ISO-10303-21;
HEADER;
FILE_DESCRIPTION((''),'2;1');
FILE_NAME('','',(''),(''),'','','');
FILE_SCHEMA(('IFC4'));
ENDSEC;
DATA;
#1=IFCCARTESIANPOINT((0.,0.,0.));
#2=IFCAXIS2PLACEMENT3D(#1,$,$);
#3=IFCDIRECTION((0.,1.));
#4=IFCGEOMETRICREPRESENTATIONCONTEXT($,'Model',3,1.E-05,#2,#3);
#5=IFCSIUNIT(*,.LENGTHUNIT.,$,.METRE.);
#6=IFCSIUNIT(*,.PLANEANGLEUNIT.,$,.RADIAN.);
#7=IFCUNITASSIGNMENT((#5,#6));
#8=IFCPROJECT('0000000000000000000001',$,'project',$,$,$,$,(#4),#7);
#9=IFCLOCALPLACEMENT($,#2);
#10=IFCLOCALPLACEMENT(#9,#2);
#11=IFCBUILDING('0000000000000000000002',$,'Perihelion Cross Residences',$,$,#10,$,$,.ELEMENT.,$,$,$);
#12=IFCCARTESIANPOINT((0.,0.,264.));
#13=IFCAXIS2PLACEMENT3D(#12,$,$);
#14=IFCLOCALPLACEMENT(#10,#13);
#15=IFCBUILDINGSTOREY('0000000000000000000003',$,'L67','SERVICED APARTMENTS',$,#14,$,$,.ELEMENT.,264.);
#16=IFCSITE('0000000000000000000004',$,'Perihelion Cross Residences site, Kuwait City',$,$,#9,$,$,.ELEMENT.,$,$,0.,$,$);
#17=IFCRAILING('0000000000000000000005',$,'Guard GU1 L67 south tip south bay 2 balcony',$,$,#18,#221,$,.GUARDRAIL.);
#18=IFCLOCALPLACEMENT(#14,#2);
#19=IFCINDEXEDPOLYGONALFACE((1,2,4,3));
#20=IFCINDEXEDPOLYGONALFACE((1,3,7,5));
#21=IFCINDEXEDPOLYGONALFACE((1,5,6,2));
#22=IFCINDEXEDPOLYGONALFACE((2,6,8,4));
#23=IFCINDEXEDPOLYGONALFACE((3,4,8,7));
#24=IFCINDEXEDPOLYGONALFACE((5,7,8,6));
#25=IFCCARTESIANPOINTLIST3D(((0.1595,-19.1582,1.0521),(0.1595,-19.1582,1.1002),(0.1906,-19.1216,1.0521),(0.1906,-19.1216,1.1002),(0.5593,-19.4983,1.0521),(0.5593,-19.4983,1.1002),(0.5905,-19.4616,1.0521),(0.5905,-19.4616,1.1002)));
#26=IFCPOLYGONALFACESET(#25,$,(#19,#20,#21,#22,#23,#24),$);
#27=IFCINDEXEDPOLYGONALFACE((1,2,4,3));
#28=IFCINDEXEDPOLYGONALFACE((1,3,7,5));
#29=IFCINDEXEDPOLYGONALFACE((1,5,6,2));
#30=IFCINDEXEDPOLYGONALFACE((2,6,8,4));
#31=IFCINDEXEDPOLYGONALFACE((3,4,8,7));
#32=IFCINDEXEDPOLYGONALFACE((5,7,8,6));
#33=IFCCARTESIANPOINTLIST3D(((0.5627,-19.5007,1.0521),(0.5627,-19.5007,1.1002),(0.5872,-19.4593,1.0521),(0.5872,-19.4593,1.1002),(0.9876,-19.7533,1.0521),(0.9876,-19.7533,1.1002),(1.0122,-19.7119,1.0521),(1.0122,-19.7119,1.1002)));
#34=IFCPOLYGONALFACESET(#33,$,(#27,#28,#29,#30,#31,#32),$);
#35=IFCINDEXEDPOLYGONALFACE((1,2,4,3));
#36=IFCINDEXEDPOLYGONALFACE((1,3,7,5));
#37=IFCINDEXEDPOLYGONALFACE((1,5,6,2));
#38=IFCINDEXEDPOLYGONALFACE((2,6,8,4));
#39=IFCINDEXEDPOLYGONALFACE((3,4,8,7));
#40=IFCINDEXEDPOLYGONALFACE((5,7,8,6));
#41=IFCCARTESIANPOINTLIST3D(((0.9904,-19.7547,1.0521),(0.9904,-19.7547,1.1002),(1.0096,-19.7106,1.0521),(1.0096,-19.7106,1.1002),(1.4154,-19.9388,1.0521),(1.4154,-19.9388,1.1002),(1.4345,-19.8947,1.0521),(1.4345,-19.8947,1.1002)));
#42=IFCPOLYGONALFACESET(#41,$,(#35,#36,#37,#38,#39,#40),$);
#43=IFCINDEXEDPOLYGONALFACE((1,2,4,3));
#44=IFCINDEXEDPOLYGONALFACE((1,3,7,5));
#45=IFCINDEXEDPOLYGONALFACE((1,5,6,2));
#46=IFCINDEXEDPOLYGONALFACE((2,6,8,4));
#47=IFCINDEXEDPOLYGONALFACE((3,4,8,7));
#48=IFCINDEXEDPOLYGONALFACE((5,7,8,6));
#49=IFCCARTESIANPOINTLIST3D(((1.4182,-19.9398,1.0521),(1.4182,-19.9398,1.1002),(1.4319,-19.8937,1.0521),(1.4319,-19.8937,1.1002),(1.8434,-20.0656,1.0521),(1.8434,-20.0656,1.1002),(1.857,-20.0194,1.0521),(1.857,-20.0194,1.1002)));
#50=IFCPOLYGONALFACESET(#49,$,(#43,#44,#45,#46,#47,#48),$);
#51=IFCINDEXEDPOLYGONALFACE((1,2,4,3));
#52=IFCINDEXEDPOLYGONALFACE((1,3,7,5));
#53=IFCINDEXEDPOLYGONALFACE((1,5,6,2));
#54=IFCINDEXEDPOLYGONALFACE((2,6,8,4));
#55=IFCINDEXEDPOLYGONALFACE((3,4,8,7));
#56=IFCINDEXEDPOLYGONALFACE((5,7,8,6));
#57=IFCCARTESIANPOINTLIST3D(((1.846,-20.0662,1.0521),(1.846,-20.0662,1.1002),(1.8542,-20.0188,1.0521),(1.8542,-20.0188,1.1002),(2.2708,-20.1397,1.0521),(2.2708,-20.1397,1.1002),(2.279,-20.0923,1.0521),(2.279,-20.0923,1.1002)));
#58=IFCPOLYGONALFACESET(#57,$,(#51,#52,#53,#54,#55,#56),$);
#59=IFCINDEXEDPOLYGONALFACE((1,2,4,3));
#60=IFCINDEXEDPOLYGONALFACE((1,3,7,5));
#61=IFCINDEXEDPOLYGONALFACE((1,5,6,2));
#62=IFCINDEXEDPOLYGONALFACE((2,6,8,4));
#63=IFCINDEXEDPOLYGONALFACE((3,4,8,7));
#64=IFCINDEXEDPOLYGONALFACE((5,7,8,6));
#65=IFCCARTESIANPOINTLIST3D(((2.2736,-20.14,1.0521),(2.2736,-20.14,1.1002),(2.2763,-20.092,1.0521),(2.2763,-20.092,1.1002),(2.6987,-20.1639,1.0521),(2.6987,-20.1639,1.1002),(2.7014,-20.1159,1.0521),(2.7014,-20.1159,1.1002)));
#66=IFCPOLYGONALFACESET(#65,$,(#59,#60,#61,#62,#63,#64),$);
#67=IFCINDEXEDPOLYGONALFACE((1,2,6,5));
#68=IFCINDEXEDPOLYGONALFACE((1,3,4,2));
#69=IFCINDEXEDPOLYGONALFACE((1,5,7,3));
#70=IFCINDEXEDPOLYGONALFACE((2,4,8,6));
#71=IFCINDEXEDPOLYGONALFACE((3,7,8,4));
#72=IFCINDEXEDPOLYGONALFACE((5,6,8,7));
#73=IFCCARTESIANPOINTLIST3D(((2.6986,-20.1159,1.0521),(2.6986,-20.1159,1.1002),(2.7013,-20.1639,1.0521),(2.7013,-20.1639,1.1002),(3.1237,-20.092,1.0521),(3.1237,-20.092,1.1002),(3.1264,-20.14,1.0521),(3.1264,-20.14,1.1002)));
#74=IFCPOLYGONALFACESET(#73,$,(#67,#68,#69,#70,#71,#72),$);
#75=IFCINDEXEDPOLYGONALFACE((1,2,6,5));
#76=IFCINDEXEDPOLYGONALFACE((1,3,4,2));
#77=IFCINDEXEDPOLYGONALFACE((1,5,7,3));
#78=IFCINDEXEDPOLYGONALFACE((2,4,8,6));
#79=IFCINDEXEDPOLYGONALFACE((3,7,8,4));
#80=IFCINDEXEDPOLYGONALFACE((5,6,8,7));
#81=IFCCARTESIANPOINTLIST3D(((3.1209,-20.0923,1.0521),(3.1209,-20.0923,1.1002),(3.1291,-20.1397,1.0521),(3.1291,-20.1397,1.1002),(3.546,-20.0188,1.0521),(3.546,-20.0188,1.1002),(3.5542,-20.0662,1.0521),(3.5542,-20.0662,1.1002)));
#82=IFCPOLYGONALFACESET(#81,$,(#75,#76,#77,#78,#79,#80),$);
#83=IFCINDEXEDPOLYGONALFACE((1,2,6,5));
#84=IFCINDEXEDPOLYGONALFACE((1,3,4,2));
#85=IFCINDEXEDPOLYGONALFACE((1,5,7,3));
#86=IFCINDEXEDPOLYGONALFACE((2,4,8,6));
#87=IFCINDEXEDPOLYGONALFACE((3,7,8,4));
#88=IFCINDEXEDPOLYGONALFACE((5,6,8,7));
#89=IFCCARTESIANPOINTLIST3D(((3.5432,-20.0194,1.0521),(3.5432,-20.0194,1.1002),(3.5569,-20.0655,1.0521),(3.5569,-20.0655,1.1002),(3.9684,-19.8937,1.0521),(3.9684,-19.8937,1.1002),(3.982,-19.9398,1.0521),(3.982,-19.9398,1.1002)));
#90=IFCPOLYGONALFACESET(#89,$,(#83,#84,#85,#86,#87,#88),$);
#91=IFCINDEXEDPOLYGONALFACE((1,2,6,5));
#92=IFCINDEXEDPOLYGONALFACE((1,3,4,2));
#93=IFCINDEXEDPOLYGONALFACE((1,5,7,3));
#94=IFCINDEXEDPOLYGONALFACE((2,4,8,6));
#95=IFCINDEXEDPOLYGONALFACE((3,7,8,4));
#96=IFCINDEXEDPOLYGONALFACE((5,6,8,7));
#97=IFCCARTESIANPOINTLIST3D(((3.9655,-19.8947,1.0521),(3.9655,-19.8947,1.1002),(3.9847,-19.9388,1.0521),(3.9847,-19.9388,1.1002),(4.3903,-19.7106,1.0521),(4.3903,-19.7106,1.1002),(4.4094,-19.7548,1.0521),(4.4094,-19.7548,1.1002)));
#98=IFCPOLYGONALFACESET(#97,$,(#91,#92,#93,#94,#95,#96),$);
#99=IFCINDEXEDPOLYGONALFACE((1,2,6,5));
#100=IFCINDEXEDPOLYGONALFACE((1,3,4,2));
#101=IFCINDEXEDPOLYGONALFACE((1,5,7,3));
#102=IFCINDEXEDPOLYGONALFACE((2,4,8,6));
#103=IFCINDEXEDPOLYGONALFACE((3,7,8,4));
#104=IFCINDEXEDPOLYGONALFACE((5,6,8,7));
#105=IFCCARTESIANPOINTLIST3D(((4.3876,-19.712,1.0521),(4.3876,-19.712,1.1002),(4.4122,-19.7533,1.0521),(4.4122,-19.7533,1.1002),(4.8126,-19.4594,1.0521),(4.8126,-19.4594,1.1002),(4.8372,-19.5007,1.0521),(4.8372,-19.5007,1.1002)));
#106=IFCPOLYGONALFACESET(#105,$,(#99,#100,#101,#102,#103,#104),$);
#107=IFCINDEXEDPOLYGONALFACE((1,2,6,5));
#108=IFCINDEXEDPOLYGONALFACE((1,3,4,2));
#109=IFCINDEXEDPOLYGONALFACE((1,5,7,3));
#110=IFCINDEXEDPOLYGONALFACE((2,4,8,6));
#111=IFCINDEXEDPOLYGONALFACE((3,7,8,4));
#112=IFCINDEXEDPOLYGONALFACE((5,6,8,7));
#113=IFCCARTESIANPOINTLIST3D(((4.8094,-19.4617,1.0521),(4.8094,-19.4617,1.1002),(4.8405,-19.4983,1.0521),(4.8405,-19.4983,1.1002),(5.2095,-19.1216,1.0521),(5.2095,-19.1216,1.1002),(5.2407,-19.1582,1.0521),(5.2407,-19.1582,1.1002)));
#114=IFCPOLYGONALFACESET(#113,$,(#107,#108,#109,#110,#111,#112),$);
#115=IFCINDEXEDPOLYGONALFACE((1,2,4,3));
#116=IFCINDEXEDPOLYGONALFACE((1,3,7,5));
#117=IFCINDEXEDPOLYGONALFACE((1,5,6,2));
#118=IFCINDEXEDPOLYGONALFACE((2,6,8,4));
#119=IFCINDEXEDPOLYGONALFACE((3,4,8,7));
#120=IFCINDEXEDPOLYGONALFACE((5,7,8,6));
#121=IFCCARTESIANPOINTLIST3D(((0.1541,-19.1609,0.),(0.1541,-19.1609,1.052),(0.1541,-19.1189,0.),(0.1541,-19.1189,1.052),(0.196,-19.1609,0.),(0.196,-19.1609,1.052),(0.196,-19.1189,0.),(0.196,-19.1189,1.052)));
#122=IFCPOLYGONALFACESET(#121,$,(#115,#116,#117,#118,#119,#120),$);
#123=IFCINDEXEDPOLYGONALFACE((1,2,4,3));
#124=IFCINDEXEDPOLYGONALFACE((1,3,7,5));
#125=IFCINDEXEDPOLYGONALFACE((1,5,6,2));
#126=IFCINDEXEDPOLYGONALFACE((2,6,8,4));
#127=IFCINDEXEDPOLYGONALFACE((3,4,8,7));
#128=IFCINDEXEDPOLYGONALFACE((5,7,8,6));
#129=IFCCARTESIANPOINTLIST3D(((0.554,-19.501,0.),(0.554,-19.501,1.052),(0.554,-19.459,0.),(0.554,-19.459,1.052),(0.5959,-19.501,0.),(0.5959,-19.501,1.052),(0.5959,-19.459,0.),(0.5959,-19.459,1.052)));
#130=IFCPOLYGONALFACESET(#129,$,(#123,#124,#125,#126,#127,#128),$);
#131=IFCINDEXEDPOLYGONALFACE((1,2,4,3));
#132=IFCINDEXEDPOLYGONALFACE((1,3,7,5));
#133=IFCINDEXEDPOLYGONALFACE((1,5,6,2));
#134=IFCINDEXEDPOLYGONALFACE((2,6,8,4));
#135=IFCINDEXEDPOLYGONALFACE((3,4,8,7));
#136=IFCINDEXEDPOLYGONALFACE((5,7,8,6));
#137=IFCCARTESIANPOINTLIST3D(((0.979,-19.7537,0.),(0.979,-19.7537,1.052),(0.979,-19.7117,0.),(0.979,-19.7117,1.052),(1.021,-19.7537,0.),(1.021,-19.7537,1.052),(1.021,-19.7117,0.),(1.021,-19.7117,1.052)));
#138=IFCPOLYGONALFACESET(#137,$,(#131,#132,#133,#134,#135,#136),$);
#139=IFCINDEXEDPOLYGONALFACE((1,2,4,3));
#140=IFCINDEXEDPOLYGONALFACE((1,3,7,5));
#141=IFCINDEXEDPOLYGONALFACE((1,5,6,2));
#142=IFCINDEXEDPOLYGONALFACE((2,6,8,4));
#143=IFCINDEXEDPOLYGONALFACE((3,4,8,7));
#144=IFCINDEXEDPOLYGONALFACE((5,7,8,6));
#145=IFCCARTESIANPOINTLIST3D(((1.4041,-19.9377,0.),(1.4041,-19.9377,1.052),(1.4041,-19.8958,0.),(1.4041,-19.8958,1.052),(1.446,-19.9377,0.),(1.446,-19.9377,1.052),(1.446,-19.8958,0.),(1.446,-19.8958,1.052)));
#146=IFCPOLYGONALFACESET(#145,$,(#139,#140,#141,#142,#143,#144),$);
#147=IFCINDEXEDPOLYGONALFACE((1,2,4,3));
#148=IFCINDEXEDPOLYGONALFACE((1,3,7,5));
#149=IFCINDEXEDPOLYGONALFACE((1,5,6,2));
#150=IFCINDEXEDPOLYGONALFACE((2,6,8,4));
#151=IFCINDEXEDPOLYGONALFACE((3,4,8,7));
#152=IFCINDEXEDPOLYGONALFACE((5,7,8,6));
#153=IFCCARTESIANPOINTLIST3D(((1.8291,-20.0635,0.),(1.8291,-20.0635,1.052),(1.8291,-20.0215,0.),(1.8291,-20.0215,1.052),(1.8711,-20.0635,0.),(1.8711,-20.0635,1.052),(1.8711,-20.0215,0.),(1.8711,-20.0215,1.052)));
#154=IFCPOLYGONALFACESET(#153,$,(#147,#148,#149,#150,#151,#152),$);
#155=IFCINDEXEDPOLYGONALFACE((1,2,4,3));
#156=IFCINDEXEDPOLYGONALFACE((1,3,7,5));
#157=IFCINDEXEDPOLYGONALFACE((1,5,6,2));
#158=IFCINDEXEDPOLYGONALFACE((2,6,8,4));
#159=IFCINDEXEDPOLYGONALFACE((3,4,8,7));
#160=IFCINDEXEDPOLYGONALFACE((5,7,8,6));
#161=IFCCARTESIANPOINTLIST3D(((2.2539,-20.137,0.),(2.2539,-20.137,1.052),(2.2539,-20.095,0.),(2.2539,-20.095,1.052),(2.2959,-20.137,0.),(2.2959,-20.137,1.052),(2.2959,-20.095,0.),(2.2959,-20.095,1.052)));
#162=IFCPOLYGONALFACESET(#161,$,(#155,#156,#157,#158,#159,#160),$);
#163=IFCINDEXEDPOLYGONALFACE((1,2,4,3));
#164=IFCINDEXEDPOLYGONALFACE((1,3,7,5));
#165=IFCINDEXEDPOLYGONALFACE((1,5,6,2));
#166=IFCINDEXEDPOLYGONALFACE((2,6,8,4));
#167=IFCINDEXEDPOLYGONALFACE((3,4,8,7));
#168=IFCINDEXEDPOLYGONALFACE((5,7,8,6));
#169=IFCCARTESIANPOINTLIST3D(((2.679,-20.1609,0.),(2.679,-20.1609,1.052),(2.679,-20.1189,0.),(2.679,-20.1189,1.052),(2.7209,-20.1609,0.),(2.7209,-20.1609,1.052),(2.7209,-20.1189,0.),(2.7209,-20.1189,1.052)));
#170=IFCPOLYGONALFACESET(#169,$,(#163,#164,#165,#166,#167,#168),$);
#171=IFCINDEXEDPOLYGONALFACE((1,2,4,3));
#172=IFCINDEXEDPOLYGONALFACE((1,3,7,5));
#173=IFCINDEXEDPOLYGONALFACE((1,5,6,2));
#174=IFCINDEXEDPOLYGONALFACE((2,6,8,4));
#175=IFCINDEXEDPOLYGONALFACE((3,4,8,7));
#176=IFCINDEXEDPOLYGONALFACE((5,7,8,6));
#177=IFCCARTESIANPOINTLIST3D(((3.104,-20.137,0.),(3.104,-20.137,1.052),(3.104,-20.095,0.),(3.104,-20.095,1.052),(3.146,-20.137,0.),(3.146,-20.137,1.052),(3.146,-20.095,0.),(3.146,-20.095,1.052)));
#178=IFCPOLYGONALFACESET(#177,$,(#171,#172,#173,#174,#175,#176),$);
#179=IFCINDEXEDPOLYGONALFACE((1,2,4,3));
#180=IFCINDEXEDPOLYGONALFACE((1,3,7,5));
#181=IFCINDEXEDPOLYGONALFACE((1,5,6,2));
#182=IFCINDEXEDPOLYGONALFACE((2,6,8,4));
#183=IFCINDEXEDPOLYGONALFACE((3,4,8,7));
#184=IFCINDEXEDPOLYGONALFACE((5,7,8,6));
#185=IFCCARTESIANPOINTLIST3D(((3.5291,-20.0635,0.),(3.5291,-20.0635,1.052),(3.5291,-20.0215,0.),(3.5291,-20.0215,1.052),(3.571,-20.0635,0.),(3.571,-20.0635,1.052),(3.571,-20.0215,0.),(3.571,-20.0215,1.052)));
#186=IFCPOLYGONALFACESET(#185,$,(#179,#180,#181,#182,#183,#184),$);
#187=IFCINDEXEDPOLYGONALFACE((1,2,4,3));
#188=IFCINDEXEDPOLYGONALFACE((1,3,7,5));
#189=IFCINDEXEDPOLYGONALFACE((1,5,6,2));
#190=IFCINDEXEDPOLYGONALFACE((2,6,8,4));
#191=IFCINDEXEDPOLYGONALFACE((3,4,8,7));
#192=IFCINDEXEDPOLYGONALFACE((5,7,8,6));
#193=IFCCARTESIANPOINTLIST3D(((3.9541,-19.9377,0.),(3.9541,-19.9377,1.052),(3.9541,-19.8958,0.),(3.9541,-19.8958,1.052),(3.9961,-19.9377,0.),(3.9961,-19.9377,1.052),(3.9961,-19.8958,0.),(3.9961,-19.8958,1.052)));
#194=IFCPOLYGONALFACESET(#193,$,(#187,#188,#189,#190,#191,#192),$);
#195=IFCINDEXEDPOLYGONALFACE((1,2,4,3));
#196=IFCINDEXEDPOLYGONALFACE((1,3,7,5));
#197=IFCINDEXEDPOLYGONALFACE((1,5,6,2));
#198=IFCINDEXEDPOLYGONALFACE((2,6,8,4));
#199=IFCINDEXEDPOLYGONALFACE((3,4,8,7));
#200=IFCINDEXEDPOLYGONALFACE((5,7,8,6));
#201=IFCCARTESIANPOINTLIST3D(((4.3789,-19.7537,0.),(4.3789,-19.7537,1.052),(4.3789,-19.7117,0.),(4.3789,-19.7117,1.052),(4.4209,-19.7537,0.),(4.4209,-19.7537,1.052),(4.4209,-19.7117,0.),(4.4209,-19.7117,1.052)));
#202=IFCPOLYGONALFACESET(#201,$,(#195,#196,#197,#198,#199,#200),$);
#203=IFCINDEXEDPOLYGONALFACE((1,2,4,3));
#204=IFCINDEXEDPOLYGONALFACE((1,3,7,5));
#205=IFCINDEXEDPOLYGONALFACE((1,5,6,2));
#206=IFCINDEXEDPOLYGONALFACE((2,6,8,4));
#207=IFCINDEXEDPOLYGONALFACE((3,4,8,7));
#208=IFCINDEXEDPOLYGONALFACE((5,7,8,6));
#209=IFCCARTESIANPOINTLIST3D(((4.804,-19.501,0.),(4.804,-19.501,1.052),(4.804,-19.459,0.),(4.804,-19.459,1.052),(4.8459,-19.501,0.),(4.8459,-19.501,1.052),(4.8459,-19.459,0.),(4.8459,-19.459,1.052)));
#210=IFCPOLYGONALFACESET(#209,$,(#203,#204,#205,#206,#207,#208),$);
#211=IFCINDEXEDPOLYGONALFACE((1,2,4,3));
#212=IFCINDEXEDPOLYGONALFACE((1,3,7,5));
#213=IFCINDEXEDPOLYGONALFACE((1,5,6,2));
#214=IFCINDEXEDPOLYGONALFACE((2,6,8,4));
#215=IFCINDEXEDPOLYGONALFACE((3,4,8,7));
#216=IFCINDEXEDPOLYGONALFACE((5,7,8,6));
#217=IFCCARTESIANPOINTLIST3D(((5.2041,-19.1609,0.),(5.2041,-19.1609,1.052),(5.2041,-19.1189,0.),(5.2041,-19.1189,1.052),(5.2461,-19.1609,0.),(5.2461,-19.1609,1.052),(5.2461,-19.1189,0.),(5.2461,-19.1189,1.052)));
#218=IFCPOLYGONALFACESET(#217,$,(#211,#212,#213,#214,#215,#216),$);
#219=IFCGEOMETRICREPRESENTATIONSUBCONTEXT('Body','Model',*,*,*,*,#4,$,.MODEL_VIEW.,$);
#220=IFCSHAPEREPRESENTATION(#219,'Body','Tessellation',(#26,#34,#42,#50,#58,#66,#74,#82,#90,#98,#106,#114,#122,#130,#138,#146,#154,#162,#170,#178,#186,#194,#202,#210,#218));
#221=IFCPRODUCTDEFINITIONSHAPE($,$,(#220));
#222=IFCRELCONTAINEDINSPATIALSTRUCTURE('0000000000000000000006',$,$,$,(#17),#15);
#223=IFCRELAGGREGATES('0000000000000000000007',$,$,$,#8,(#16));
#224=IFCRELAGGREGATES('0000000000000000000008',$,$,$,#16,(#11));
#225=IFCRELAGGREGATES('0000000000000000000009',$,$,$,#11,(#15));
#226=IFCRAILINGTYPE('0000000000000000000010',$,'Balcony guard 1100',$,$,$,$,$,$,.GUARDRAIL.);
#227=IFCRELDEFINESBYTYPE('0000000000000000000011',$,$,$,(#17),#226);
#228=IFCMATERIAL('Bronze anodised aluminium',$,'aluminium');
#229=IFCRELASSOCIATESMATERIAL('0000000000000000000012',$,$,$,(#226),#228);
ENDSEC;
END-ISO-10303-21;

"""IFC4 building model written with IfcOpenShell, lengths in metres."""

from ifc_helpers import new_model, si_unit, direction, frame, origin, origin_2d, place, context, subcontext, project, spatial, rectangle, extrude, material, type_object, element, save


model = new_model("IFC4")

# Units and contexts
model_context = context("Model", 3, precision=1e-05, world=origin(), true_north=direction((0.0, 1.0)))
body_context = subcontext(model_context, "Body", "Model", "MODEL_VIEW")
ifc_project = project(units=[si_unit("LENGTHUNIT", "METRE"), si_unit("PLANEANGLEUNIT", "RADIAN")], contexts=[model_context])

# Site, building, storey
site_placement = place(None, origin())
site = spatial("IfcSite", under=ifc_project, at=site_placement, Name="Perihelion Cross Residences site, Kuwait City", CompositionType="ELEMENT", RefElevation=0.0)
building_placement = place(site_placement, origin())
building = spatial("IfcBuilding", under=site, at=building_placement, Name="Perihelion Cross Residences", CompositionType="ELEMENT")
storey_placement = place(building_placement, frame((0.0, 0.0, 264.0)))
storey = spatial("IfcBuildingStorey", under=building, at=storey_placement, Name="L67", Description="SERVICED APARTMENTS", CompositionType="ELEMENT", Elevation=264.0)

# Railing
ifc_material_1 = material(Name="Bronze anodised aluminium", Category="aluminium")
railing_type = type_object("IfcRailingType", Name="Balcony guard 1100", PredefinedType="GUARDRAIL", material=ifc_material_1)
railing_placement = place(storey_placement, frame((0.175, -19.1399, 0.0)))
element("IfcRailing", 1, at=railing_placement, inside=storey, type_object=railing_type, Name="Guard GU1 L67 south tip south bay 2 balcony", PredefinedType="GUARDRAIL", context=body_context, shape_type="SweptSolid", body=[
    extrude(rectangle(XDim=0.0481, YDim=0.0481, at=origin_2d()), frame((0.0, 0.0, 1.0762), z_axis=(0.761779, -0.647837, 0.0), x_axis=(0.647837, 0.761779, 0.0)), (0.0, 0.0, 1.0), 0.5249),
    extrude(rectangle(XDim=0.0481, YDim=0.0481, at=origin_2d()), frame((0.3999, -0.3401, 1.0762), z_axis=(0.859577, -0.511006, 0.0), x_axis=(0.511006, 0.859577, 0.0)), (0.0, 0.0, 1.0), 0.4944),
    extrude(rectangle(XDim=0.0481, YDim=0.0481, at=origin_2d()), frame((0.825, -0.5928, 1.0762), z_axis=(0.917639, -0.397415, 0.0), x_axis=(0.397415, 0.917639, 0.0)), (0.0, 0.0, 1.0), 0.4631),
    extrude(rectangle(XDim=0.0481, YDim=0.0481, at=origin_2d()), frame((1.25, -0.7769, 1.0762), z_axis=(0.958926, -0.283657, 0.0), x_axis=(0.283657, 0.958926, 0.0)), (0.0, 0.0, 1.0), 0.4434),
    extrude(rectangle(XDim=0.0481, YDim=0.0481, at=origin_2d()), frame((1.675, -0.9026, 1.0762), z_axis=(0.985365, -0.170457, 0.0), x_axis=(0.170457, 0.985365, 0.0)), (0.0, 0.0, 1.0), 0.4312),
    extrude(rectangle(XDim=0.0481, YDim=0.0481, at=origin_2d()), frame((2.0999, -0.9761, 1.0762), z_axis=(0.99842, -0.056201, 0.0), x_axis=(0.056201, 0.99842, 0.0)), (0.0, 0.0, 1.0), 0.4258),
    extrude(rectangle(XDim=0.0481, YDim=0.0481, at=origin_2d()), frame((2.5249, -1.0, 1.0762), z_axis=(0.99842, 0.056201, 0.0), x_axis=(-0.056201, 0.99842, 0.0)), (0.0, 0.0, 1.0), 0.4258),
    extrude(rectangle(XDim=0.0481, YDim=0.0481, at=origin_2d()), frame((2.95, -0.9761, 1.0762), z_axis=(0.985382, 0.170362, 0.0), x_axis=(-0.170362, 0.985382, 0.0)), (0.0, 0.0, 1.0), 0.4314),
    extrude(rectangle(XDim=0.0481, YDim=0.0481, at=origin_2d()), frame((3.375, -0.9026, 1.0762), z_axis=(0.958926, 0.283657, 0.0), x_axis=(-0.283657, 0.958926, 0.0)), (0.0, 0.0, 1.0), 0.4434),
    extrude(rectangle(XDim=0.0481, YDim=0.0481, at=origin_2d()), frame((3.8, -0.7769, 1.0762), z_axis=(0.917556, 0.397607, 0.0), x_axis=(-0.397607, 0.917556, 0.0)), (0.0, 0.0, 1.0), 0.4629),
    extrude(rectangle(XDim=0.0481, YDim=0.0481, at=origin_2d()), frame((4.2249, -0.5928, 1.0762), z_axis=(0.859577, 0.511006, 0.0), x_axis=(-0.511006, 0.859577, 0.0)), (0.0, 0.0, 1.0), 0.4944),
    extrude(rectangle(XDim=0.0481, YDim=0.0481, at=origin_2d()), frame((4.6499, -0.3401, 1.0762), z_axis=(0.761974, 0.647608, 0.0), x_axis=(-0.647608, 0.761974, 0.0)), (0.0, 0.0, 1.0), 0.5251),
    extrude(rectangle(XDim=0.042, YDim=0.042, at=origin_2d()), origin(), (0.0, 0.0, 1.0), 1.052),
    extrude(rectangle(XDim=0.042, YDim=0.042, at=origin_2d()), frame((0.3999, -0.3401, 0.0)), (0.0, 0.0, 1.0), 1.052),
    extrude(rectangle(XDim=0.042, YDim=0.042, at=origin_2d()), frame((0.825, -0.5928, 0.0)), (0.0, 0.0, 1.0), 1.052),
    extrude(rectangle(XDim=0.042, YDim=0.042, at=origin_2d()), frame((1.25, -0.7769, 0.0)), (0.0, 0.0, 1.0), 1.052),
    extrude(rectangle(XDim=0.042, YDim=0.042, at=origin_2d()), frame((1.675, -0.9026, 0.0)), (0.0, 0.0, 1.0), 1.052),
    extrude(rectangle(XDim=0.042, YDim=0.042, at=origin_2d()), frame((2.0999, -0.9761, 0.0)), (0.0, 0.0, 1.0), 1.052),
    extrude(rectangle(XDim=0.042, YDim=0.042, at=origin_2d()), frame((2.5249, -1.0, 0.0)), (0.0, 0.0, 1.0), 1.052),
    extrude(rectangle(XDim=0.042, YDim=0.042, at=origin_2d()), frame((2.95, -0.9761, 0.0)), (0.0, 0.0, 1.0), 1.052),
    extrude(rectangle(XDim=0.042, YDim=0.042, at=origin_2d()), frame((3.375, -0.9026, 0.0)), (0.0, 0.0, 1.0), 1.052),
    extrude(rectangle(XDim=0.042, YDim=0.042, at=origin_2d()), frame((3.8, -0.7769, 0.0)), (0.0, 0.0, 1.0), 1.052),
    extrude(rectangle(XDim=0.042, YDim=0.042, at=origin_2d()), frame((4.2249, -0.5928, 0.0)), (0.0, 0.0, 1.0), 1.052),
    extrude(rectangle(XDim=0.042, YDim=0.042, at=origin_2d()), frame((4.6499, -0.3401, 0.0)), (0.0, 0.0, 1.0), 1.052),
    extrude(rectangle(XDim=0.042, YDim=0.042, at=origin_2d()), frame((5.05, 0.0, 0.0)), (0.0, 0.0, 1.0), 1.052),
])

save(model, "model.ifc")
